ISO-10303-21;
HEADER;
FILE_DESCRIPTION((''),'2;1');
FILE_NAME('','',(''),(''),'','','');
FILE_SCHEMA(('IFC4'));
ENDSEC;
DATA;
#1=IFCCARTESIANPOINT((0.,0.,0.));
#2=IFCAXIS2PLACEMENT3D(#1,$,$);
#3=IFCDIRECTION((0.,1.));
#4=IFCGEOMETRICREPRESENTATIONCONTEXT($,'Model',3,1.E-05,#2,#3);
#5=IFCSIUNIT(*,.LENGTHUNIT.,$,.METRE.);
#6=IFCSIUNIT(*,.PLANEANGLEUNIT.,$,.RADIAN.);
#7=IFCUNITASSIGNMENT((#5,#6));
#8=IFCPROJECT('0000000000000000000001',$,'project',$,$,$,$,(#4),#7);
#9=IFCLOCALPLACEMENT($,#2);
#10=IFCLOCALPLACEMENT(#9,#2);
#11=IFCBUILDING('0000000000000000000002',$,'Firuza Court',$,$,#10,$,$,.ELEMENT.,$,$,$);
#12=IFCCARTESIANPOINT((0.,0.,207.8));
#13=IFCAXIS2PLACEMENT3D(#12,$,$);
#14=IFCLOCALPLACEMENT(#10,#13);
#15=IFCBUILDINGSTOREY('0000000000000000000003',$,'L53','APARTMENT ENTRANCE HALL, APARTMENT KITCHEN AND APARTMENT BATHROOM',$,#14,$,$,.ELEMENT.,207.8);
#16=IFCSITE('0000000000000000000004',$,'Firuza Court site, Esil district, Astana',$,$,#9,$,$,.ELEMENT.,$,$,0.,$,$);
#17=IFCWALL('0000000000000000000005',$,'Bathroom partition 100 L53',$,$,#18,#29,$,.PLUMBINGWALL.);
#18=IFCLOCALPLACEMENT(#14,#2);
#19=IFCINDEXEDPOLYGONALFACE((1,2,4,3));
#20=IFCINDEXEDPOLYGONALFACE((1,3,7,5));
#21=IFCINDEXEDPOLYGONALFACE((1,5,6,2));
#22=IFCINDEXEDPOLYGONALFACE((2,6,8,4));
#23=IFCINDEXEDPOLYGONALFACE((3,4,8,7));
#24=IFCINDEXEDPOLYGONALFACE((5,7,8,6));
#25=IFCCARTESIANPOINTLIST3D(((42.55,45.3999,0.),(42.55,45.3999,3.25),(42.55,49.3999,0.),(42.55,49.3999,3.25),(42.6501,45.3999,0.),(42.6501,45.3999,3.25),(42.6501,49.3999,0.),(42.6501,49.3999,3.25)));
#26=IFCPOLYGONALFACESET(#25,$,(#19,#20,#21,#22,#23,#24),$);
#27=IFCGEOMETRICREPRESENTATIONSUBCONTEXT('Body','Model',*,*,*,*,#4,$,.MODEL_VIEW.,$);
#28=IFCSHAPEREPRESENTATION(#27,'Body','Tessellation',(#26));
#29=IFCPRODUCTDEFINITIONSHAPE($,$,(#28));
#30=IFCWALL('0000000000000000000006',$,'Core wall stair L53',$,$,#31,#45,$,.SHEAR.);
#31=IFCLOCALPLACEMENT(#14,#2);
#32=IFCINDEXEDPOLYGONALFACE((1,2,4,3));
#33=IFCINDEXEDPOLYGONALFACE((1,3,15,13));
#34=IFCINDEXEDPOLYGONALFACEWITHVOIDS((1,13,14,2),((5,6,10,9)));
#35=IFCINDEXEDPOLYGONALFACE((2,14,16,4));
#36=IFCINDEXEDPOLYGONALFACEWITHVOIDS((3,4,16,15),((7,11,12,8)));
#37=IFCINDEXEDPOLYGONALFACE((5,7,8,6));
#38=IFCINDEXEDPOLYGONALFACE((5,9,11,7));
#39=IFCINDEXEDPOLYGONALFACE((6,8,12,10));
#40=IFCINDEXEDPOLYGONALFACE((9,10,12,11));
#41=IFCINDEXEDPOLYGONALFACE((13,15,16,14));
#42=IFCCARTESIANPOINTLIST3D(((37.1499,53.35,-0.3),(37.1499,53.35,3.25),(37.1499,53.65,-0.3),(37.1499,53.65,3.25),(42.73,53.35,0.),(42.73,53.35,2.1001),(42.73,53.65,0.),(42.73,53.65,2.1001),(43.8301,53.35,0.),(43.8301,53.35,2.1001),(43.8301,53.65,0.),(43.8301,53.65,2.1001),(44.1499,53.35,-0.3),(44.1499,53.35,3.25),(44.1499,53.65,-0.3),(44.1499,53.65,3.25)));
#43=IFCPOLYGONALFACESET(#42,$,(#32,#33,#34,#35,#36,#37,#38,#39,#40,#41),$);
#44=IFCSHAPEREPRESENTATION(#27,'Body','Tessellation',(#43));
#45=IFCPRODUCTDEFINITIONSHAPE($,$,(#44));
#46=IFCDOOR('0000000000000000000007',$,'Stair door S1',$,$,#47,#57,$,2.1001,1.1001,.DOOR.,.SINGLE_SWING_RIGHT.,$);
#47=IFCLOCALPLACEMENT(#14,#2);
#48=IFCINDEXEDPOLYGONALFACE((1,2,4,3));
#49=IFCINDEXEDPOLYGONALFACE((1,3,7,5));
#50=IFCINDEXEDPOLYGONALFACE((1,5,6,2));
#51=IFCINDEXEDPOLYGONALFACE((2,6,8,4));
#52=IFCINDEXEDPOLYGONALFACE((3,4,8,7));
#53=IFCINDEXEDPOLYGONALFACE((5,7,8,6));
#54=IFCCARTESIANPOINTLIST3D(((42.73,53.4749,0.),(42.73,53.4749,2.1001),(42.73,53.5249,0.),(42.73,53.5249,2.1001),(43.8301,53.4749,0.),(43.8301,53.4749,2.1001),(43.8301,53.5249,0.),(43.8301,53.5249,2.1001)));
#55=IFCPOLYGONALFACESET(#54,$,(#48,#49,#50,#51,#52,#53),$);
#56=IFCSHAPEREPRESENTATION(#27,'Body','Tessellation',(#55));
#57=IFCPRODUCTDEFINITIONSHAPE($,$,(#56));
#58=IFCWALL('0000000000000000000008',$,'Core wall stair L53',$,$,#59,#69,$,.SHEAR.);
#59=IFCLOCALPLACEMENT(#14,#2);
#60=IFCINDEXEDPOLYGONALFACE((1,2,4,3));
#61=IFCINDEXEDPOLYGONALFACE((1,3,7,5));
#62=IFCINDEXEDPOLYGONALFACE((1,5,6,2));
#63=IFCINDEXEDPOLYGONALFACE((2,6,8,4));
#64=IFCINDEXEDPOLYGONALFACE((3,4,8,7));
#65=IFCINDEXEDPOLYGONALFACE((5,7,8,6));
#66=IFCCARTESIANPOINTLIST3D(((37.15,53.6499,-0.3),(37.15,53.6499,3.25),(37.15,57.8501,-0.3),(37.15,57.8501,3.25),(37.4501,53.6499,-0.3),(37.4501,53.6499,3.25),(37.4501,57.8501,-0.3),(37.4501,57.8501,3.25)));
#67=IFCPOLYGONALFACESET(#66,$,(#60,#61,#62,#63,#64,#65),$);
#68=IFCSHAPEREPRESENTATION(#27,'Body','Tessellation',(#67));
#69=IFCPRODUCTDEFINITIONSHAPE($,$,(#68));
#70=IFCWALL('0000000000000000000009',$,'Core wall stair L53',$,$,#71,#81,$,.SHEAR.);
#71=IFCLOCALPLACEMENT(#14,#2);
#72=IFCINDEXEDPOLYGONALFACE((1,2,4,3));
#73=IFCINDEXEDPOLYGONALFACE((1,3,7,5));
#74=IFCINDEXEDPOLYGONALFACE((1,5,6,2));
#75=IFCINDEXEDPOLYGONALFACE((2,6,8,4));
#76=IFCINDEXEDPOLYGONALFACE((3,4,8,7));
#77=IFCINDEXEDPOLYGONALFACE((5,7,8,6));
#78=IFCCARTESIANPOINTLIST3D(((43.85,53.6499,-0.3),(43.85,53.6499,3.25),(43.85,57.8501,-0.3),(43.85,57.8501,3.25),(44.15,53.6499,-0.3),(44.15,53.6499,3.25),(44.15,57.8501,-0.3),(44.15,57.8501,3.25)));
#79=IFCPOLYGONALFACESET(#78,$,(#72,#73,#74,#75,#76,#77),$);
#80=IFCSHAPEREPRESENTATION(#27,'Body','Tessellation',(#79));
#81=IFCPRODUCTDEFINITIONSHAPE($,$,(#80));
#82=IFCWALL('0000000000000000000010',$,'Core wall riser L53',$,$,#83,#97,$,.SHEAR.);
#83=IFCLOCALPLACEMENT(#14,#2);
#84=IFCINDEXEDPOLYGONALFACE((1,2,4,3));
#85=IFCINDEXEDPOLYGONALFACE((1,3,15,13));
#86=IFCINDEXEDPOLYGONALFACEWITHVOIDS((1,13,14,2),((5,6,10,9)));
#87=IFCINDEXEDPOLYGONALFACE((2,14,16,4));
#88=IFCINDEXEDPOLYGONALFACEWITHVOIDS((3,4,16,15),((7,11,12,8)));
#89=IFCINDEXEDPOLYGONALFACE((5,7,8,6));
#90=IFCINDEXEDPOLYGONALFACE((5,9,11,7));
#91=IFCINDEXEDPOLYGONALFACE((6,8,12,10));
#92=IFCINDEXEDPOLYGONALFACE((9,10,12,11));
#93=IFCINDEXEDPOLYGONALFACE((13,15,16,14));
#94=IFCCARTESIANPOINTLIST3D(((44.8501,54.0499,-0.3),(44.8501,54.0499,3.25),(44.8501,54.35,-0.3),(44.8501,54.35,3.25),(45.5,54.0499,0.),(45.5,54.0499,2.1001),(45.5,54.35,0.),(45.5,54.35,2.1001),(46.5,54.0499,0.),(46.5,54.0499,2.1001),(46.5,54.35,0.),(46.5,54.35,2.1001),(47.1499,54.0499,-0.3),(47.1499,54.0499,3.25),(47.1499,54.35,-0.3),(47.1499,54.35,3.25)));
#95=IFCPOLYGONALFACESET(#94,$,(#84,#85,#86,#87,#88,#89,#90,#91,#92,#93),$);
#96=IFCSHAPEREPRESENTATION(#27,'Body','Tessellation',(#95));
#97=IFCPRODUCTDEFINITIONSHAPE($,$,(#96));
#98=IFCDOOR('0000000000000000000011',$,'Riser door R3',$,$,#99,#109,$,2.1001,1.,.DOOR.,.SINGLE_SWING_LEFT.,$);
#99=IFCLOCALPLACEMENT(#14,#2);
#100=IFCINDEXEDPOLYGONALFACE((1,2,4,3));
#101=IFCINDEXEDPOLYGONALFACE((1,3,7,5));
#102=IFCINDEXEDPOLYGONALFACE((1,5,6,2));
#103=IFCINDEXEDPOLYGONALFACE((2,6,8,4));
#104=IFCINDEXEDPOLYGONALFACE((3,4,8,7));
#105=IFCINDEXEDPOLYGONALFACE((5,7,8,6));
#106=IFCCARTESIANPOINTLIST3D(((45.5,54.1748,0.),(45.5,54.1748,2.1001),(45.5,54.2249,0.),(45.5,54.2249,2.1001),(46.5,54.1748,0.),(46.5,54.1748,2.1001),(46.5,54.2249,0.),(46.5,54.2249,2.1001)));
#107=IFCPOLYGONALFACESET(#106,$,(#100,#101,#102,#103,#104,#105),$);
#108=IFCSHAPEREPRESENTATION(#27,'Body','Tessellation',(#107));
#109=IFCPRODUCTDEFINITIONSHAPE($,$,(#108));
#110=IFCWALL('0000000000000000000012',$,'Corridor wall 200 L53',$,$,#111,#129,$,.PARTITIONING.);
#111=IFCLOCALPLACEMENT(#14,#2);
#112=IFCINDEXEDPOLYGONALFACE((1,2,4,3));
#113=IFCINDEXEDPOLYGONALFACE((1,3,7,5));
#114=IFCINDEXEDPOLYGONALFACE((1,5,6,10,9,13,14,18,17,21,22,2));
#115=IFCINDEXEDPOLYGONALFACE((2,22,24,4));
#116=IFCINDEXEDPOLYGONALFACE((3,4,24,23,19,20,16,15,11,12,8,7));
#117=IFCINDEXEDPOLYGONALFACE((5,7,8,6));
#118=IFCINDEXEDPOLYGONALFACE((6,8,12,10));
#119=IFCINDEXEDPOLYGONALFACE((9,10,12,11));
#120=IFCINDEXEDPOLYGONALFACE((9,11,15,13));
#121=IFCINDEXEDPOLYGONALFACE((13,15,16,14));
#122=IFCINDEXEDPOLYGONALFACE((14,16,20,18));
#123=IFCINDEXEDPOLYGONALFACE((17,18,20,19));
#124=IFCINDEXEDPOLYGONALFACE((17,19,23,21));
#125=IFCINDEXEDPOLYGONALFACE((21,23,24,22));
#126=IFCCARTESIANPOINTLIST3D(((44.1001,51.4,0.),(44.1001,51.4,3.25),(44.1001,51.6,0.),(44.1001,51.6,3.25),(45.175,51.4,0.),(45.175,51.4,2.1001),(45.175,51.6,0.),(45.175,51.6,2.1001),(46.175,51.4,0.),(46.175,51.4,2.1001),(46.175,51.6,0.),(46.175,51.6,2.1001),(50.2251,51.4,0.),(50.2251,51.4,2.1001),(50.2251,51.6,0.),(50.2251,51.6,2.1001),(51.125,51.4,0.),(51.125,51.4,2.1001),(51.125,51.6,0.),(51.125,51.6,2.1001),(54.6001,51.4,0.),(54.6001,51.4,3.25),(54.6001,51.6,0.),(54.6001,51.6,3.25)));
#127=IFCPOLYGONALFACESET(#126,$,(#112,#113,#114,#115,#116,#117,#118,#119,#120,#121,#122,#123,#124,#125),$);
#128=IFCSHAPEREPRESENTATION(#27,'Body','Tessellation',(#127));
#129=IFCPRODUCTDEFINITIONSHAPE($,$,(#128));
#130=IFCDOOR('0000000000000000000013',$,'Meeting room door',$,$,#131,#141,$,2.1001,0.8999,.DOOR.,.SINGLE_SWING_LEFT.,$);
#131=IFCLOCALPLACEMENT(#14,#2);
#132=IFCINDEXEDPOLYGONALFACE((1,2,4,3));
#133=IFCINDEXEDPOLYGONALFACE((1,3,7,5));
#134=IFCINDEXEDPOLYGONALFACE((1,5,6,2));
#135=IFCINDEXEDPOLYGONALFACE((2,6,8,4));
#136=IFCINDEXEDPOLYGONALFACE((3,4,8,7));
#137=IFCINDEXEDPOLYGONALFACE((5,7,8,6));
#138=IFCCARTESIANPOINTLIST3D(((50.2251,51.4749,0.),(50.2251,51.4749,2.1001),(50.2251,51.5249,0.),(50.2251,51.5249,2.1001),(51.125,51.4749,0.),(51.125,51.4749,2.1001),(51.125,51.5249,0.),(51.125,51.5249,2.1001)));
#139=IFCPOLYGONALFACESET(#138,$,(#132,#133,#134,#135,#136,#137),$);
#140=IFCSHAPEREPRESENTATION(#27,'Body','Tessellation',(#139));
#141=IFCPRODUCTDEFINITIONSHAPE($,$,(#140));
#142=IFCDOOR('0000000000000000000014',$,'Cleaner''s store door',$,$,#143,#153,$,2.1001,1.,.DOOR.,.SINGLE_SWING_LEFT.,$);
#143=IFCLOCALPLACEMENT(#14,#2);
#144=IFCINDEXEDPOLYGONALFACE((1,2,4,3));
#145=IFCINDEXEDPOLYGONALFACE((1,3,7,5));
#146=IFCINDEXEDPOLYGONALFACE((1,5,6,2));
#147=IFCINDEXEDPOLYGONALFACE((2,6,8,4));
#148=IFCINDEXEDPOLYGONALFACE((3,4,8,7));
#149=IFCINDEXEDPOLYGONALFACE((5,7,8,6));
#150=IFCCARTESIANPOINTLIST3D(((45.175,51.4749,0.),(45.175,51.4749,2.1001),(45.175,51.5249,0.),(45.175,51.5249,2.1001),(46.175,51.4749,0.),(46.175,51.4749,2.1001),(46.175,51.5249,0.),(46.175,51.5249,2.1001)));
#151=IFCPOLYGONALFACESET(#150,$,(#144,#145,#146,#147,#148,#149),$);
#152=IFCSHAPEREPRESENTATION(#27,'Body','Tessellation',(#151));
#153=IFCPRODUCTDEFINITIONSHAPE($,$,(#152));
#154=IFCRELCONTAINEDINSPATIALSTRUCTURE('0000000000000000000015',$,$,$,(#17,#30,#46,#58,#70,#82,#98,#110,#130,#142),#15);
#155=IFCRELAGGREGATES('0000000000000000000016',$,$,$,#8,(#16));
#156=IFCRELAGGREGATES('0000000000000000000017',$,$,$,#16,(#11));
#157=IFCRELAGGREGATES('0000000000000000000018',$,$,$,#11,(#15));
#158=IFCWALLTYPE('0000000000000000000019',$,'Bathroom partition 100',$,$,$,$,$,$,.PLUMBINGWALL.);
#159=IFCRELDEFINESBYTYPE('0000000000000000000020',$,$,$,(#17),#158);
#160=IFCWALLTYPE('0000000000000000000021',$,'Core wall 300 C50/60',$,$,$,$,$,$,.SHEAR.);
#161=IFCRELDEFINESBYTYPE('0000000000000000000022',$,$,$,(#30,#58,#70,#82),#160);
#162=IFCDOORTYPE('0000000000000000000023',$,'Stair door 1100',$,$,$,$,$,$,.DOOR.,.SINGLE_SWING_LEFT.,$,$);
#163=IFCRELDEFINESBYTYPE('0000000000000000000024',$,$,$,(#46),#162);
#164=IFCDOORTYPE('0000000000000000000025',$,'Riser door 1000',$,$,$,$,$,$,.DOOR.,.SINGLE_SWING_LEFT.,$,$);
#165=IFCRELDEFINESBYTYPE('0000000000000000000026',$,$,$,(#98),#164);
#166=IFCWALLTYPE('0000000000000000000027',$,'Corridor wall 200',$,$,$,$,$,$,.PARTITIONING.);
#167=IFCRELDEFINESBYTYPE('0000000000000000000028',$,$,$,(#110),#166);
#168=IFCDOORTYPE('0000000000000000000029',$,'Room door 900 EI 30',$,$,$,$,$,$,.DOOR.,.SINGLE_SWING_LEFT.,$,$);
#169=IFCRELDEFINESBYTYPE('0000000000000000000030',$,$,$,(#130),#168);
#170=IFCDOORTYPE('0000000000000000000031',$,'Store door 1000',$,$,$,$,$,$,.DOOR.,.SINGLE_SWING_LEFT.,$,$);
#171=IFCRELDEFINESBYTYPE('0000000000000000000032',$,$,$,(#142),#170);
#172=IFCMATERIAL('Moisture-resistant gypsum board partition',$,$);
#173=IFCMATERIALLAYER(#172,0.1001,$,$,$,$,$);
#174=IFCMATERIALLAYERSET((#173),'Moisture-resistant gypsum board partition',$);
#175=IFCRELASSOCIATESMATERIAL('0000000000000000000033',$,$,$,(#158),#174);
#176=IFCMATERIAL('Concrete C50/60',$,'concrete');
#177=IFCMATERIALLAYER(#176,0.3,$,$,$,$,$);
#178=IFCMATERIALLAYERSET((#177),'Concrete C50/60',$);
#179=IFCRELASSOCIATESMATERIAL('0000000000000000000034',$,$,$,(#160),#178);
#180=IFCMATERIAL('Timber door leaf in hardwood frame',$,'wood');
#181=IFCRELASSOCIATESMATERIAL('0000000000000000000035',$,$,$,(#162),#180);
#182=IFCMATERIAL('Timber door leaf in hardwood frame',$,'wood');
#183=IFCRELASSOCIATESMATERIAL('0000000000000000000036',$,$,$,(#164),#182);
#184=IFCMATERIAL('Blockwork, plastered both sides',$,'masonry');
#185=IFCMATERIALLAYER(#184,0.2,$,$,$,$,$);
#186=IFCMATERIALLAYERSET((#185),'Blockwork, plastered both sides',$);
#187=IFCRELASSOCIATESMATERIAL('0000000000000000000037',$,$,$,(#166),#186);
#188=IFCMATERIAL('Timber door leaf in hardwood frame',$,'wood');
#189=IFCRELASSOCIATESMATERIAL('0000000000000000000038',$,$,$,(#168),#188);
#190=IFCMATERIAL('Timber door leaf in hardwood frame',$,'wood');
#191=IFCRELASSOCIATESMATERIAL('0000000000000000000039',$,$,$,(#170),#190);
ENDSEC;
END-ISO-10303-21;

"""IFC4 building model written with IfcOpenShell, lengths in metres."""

from ifc_helpers import new_model, si_unit, direction, frame, frame_2d, origin, place, context, subcontext, project, spatial, rectangle, extrude, material, layer, layer_set, type_object, element, fill, save


model = new_model("IFC4")

# Units and contexts
model_context = context("Model", 3, precision=1e-05, world=origin(), true_north=direction((0.0, 1.0)))
body_context = subcontext(model_context, "Body", "Model", "MODEL_VIEW")
ifc_project = project(units=[si_unit("LENGTHUNIT", "METRE"), si_unit("PLANEANGLEUNIT", "RADIAN")], contexts=[model_context])

# Site, building, storey
site_placement = place(None, origin())
site = spatial("IfcSite", under=ifc_project, at=site_placement, Name="Firuza Court site, Esil district, Astana", CompositionType="ELEMENT", RefElevation=0.0)
building_placement = place(site_placement, origin())
building = spatial("IfcBuilding", under=site, at=building_placement, Name="Firuza Court", CompositionType="ELEMENT")
storey_placement = place(building_placement, frame((0.0, 0.0, 207.8)))
storey = spatial("IfcBuildingStorey", under=building, at=storey_placement, Name="L53", Description="APARTMENT ENTRANCE HALL, APARTMENT KITCHEN AND APARTMENT BATHROOM", CompositionType="ELEMENT", Elevation=207.8)

# Wall
ifc_material_1 = material(Name="Moisture-resistant gypsum board partition")
ifc_layer_1 = layer(ifc_material_1, 0.1001)
ifc_layer_set_1 = layer_set([ifc_layer_1], Name="Moisture-resistant gypsum board partition")
wall_type_1 = type_object("IfcWallType", Name="Bathroom partition 100", PredefinedType="PLUMBINGWALL", material=ifc_layer_set_1)
wall_1_placement = place(storey_placement, frame((42.6001, 45.3999, 0.0), z_axis=(0.0, 0.0, 1.0), x_axis=(0.0, 1.0, 0.0)))
element("IfcWall", 1, at=wall_1_placement, inside=storey, type_object=wall_type_1, Name="Bathroom partition 100 L53", PredefinedType="PLUMBINGWALL", context=body_context, shape_type="SweptSolid", body=[
    extrude(rectangle(XDim=4.0, YDim=0.1001, at=frame_2d((2.0, 0.0))), origin(), (0.0, 0.0, 1.0), 3.25),
])

# Wall, opening, door
ifc_material_2 = material(Name="Concrete C50/60", Category="concrete")
ifc_layer_2 = layer(ifc_material_2, 0.3)
ifc_layer_set_2 = layer_set([ifc_layer_2], Name="Concrete C50/60")
wall_type_2 = type_object("IfcWallType", Name="Core wall 300 C50/60", PredefinedType="SHEAR", material=ifc_layer_set_2)
wall_2_placement = place(storey_placement, frame((37.1499, 53.5, -0.3), z_axis=(0.0, 0.0, 1.0), x_axis=(1.0, 0.0, 0.0)))
wall_2 = element("IfcWall", 2, at=wall_2_placement, inside=storey, type_object=wall_type_2, Name="Core wall stair L53", PredefinedType="SHEAR", context=body_context, shape_type="SweptSolid", body=[
    extrude(rectangle(XDim=7.0, YDim=0.3, at=frame_2d((3.5, 0.0))), origin(), (0.0, 0.0, 1.0), 3.55),
])
opening_1_placement = place(wall_2_placement, frame((5.5801, 0.0, 0.3)))
opening_1 = element("IfcOpeningElement", 3, at=opening_1_placement, cuts=wall_2, PredefinedType="OPENING", context=body_context, shape_type="SweptSolid", body=[
    extrude(rectangle(XDim=1.1001, YDim=2.1001, at=frame_2d((0.55, 1.05))), frame((0.0, 0.1621, 0.0), z_axis=(0.0, -1.0, 0.0), x_axis=(1.0, 0.0, 0.0)), (0.0, 0.0, 1.0), 0.324),
])
ifc_material_3 = material(Name="Timber door leaf in hardwood frame", Category="wood")
door_type_1 = type_object("IfcDoorType", Name="Stair door 1100", OperationType="SINGLE_SWING_LEFT", PredefinedType="DOOR", material=ifc_material_3)
door_1_placement = place(opening_1_placement, origin())
door_1 = element("IfcDoor", 4, at=door_1_placement, inside=storey, type_object=door_type_1, Name="Stair door S1", OperationType="SINGLE_SWING_RIGHT", OverallHeight=2.1001, OverallWidth=1.1001, PredefinedType="DOOR", context=body_context, shape_type="SweptSolid", body=[
    extrude(rectangle(XDim=1.1001, YDim=2.1001, at=frame_2d((0.55, 1.05))), frame((0.0, 0.0249, 0.0), z_axis=(0.0, -1.0, 0.0), x_axis=(1.0, 0.0, 0.0)), (0.0, 0.0, 1.0), 0.05),
])
fill(opening_1, door_1)

# Walls
for number, where, z_axis, x_axis, name in (
    (5, (37.3, 53.6499, -0.3), (0.0, 0.0, 1.0), (0.0, 1.0, 0.0), "Core wall stair L53"),
    (6, (44.0, 53.6499, -0.3), (0.0, 0.0, 1.0), (0.0, 1.0, 0.0), "Core wall stair L53"),
):
    element("IfcWall", number, at=place(storey_placement, frame(where, z_axis=z_axis, x_axis=x_axis)), inside=storey, type_object=wall_type_2, Name=name, PredefinedType="SHEAR", context=body_context, shape_type="SweptSolid", body=[
        extrude(rectangle(XDim=4.2002, YDim=0.3, at=frame_2d((2.1001, 0.0))), origin(), (0.0, 0.0, 1.0), 3.55),
    ])

# Wall, opening, door
wall_3_placement = place(storey_placement, frame((44.8501, 54.2, -0.3), z_axis=(0.0, 0.0, 1.0), x_axis=(1.0, 0.0, 0.0)))
wall_3 = element("IfcWall", 7, at=wall_3_placement, inside=storey, type_object=wall_type_2, Name="Core wall riser L53", PredefinedType="SHEAR", context=body_context, shape_type="SweptSolid", body=[
    extrude(rectangle(XDim=2.2998, YDim=0.3, at=frame_2d((1.1499, 0.0))), origin(), (0.0, 0.0, 1.0), 3.55),
])
opening_2_placement = place(wall_3_placement, frame((0.6499, 0.0, 0.3)))
opening_2 = element("IfcOpeningElement", 8, at=opening_2_placement, cuts=wall_3, PredefinedType="OPENING", context=body_context, shape_type="SweptSolid", body=[
    extrude(rectangle(XDim=1.0, YDim=2.1001, at=frame_2d((0.5, 1.05))), frame((0.0, 0.1621, 0.0), z_axis=(0.0, -1.0, 0.0), x_axis=(1.0, 0.0, 0.0)), (0.0, 0.0, 1.0), 0.324),
])
ifc_material_4 = material(Name="Timber door leaf in hardwood frame", Category="wood")
door_type_2 = type_object("IfcDoorType", Name="Riser door 1000", OperationType="SINGLE_SWING_LEFT", PredefinedType="DOOR", material=ifc_material_4)
door_2_placement = place(opening_2_placement, origin())
door_2 = element("IfcDoor", 9, at=door_2_placement, inside=storey, type_object=door_type_2, Name="Riser door R3", OperationType="SINGLE_SWING_LEFT", OverallHeight=2.1001, OverallWidth=1.0, PredefinedType="DOOR", context=body_context, shape_type="SweptSolid", body=[
    extrude(rectangle(XDim=1.0, YDim=2.1001, at=frame_2d((0.5, 1.05))), frame((0.0, 0.0249, 0.0), z_axis=(0.0, -1.0, 0.0), x_axis=(1.0, 0.0, 0.0)), (0.0, 0.0, 1.0), 0.05),
])
fill(opening_2, door_2)

# Wall, openings, doors
ifc_material_5 = material(Name="Blockwork, plastered both sides", Category="masonry")
ifc_layer_3 = layer(ifc_material_5, 0.2)
ifc_layer_set_3 = layer_set([ifc_layer_3], Name="Blockwork, plastered both sides")
wall_type_3 = type_object("IfcWallType", Name="Corridor wall 200", PredefinedType="PARTITIONING", material=ifc_layer_set_3)
wall_4_placement = place(storey_placement, frame((44.1001, 51.5, 0.0), z_axis=(0.0, 0.0, 1.0), x_axis=(1.0, 0.0, 0.0)))
wall_4 = element("IfcWall", 10, at=wall_4_placement, inside=storey, type_object=wall_type_3, Name="Corridor wall 200 L53", PredefinedType="PARTITIONING", context=body_context, shape_type="SweptSolid", body=[
    extrude(rectangle(XDim=10.5, YDim=0.2, at=frame_2d((5.25, 0.0))), origin(), (0.0, 0.0, 1.0), 3.25),
])
opening_3_placement = place(wall_4_placement, frame((1.075, 0.0, 0.0)))
opening_3 = element("IfcOpeningElement", 11, at=opening_3_placement, cuts=wall_4, PredefinedType="OPENING", context=body_context, shape_type="SweptSolid", body=[
    extrude(rectangle(XDim=1.0, YDim=2.1001, at=frame_2d((0.5, 1.05))), frame((0.0, 0.1118, 0.0), z_axis=(0.0, -1.0, 0.0), x_axis=(1.0, 0.0, 0.0)), (0.0, 0.0, 1.0), 0.2239),
])
opening_4_placement = place(wall_4_placement, frame((6.125, 0.0, 0.0)))
opening_4 = element("IfcOpeningElement", 12, at=opening_4_placement, cuts=wall_4, PredefinedType="OPENING", context=body_context, shape_type="SweptSolid", body=[
    extrude(rectangle(XDim=0.8999, YDim=2.1001, at=frame_2d((0.45, 1.05))), frame((0.0, 0.1118, 0.0), z_axis=(0.0, -1.0, 0.0), x_axis=(1.0, 0.0, 0.0)), (0.0, 0.0, 1.0), 0.2239),
])
ifc_material_6 = material(Name="Timber door leaf in hardwood frame", Category="wood")
door_type_3 = type_object("IfcDoorType", Name="Room door 900 EI 30", OperationType="SINGLE_SWING_LEFT", PredefinedType="DOOR", material=ifc_material_6)
door_3_placement = place(opening_4_placement, origin())
door_3 = element("IfcDoor", 13, at=door_3_placement, inside=storey, type_object=door_type_3, Name="Meeting room door", OperationType="SINGLE_SWING_LEFT", OverallHeight=2.1001, OverallWidth=0.8999, PredefinedType="DOOR", context=body_context, shape_type="SweptSolid", body=[
    extrude(rectangle(XDim=0.8999, YDim=2.1001, at=frame_2d((0.45, 1.05))), frame((0.0, 0.0249, 0.0), z_axis=(0.0, -1.0, 0.0), x_axis=(1.0, 0.0, 0.0)), (0.0, 0.0, 1.0), 0.05),
])
fill(opening_4, door_3)
ifc_material_7 = material(Name="Timber door leaf in hardwood frame", Category="wood")
door_type_4 = type_object("IfcDoorType", Name="Store door 1000", OperationType="SINGLE_SWING_LEFT", PredefinedType="DOOR", material=ifc_material_7)
door_4_placement = place(opening_3_placement, origin())
door_4 = element("IfcDoor", 14, at=door_4_placement, inside=storey, type_object=door_type_4, Name="Cleaner's store door", OperationType="SINGLE_SWING_LEFT", OverallHeight=2.1001, OverallWidth=1.0, PredefinedType="DOOR", context=body_context, shape_type="SweptSolid", body=[
    extrude(rectangle(XDim=1.0, YDim=2.1001, at=frame_2d((0.5, 1.05))), frame((0.0, 0.0249, 0.0), z_axis=(0.0, -1.0, 0.0), x_axis=(1.0, 0.0, 0.0)), (0.0, 0.0, 1.0), 0.05),
])
fill(opening_3, door_4)

save(model, "model.ifc")
